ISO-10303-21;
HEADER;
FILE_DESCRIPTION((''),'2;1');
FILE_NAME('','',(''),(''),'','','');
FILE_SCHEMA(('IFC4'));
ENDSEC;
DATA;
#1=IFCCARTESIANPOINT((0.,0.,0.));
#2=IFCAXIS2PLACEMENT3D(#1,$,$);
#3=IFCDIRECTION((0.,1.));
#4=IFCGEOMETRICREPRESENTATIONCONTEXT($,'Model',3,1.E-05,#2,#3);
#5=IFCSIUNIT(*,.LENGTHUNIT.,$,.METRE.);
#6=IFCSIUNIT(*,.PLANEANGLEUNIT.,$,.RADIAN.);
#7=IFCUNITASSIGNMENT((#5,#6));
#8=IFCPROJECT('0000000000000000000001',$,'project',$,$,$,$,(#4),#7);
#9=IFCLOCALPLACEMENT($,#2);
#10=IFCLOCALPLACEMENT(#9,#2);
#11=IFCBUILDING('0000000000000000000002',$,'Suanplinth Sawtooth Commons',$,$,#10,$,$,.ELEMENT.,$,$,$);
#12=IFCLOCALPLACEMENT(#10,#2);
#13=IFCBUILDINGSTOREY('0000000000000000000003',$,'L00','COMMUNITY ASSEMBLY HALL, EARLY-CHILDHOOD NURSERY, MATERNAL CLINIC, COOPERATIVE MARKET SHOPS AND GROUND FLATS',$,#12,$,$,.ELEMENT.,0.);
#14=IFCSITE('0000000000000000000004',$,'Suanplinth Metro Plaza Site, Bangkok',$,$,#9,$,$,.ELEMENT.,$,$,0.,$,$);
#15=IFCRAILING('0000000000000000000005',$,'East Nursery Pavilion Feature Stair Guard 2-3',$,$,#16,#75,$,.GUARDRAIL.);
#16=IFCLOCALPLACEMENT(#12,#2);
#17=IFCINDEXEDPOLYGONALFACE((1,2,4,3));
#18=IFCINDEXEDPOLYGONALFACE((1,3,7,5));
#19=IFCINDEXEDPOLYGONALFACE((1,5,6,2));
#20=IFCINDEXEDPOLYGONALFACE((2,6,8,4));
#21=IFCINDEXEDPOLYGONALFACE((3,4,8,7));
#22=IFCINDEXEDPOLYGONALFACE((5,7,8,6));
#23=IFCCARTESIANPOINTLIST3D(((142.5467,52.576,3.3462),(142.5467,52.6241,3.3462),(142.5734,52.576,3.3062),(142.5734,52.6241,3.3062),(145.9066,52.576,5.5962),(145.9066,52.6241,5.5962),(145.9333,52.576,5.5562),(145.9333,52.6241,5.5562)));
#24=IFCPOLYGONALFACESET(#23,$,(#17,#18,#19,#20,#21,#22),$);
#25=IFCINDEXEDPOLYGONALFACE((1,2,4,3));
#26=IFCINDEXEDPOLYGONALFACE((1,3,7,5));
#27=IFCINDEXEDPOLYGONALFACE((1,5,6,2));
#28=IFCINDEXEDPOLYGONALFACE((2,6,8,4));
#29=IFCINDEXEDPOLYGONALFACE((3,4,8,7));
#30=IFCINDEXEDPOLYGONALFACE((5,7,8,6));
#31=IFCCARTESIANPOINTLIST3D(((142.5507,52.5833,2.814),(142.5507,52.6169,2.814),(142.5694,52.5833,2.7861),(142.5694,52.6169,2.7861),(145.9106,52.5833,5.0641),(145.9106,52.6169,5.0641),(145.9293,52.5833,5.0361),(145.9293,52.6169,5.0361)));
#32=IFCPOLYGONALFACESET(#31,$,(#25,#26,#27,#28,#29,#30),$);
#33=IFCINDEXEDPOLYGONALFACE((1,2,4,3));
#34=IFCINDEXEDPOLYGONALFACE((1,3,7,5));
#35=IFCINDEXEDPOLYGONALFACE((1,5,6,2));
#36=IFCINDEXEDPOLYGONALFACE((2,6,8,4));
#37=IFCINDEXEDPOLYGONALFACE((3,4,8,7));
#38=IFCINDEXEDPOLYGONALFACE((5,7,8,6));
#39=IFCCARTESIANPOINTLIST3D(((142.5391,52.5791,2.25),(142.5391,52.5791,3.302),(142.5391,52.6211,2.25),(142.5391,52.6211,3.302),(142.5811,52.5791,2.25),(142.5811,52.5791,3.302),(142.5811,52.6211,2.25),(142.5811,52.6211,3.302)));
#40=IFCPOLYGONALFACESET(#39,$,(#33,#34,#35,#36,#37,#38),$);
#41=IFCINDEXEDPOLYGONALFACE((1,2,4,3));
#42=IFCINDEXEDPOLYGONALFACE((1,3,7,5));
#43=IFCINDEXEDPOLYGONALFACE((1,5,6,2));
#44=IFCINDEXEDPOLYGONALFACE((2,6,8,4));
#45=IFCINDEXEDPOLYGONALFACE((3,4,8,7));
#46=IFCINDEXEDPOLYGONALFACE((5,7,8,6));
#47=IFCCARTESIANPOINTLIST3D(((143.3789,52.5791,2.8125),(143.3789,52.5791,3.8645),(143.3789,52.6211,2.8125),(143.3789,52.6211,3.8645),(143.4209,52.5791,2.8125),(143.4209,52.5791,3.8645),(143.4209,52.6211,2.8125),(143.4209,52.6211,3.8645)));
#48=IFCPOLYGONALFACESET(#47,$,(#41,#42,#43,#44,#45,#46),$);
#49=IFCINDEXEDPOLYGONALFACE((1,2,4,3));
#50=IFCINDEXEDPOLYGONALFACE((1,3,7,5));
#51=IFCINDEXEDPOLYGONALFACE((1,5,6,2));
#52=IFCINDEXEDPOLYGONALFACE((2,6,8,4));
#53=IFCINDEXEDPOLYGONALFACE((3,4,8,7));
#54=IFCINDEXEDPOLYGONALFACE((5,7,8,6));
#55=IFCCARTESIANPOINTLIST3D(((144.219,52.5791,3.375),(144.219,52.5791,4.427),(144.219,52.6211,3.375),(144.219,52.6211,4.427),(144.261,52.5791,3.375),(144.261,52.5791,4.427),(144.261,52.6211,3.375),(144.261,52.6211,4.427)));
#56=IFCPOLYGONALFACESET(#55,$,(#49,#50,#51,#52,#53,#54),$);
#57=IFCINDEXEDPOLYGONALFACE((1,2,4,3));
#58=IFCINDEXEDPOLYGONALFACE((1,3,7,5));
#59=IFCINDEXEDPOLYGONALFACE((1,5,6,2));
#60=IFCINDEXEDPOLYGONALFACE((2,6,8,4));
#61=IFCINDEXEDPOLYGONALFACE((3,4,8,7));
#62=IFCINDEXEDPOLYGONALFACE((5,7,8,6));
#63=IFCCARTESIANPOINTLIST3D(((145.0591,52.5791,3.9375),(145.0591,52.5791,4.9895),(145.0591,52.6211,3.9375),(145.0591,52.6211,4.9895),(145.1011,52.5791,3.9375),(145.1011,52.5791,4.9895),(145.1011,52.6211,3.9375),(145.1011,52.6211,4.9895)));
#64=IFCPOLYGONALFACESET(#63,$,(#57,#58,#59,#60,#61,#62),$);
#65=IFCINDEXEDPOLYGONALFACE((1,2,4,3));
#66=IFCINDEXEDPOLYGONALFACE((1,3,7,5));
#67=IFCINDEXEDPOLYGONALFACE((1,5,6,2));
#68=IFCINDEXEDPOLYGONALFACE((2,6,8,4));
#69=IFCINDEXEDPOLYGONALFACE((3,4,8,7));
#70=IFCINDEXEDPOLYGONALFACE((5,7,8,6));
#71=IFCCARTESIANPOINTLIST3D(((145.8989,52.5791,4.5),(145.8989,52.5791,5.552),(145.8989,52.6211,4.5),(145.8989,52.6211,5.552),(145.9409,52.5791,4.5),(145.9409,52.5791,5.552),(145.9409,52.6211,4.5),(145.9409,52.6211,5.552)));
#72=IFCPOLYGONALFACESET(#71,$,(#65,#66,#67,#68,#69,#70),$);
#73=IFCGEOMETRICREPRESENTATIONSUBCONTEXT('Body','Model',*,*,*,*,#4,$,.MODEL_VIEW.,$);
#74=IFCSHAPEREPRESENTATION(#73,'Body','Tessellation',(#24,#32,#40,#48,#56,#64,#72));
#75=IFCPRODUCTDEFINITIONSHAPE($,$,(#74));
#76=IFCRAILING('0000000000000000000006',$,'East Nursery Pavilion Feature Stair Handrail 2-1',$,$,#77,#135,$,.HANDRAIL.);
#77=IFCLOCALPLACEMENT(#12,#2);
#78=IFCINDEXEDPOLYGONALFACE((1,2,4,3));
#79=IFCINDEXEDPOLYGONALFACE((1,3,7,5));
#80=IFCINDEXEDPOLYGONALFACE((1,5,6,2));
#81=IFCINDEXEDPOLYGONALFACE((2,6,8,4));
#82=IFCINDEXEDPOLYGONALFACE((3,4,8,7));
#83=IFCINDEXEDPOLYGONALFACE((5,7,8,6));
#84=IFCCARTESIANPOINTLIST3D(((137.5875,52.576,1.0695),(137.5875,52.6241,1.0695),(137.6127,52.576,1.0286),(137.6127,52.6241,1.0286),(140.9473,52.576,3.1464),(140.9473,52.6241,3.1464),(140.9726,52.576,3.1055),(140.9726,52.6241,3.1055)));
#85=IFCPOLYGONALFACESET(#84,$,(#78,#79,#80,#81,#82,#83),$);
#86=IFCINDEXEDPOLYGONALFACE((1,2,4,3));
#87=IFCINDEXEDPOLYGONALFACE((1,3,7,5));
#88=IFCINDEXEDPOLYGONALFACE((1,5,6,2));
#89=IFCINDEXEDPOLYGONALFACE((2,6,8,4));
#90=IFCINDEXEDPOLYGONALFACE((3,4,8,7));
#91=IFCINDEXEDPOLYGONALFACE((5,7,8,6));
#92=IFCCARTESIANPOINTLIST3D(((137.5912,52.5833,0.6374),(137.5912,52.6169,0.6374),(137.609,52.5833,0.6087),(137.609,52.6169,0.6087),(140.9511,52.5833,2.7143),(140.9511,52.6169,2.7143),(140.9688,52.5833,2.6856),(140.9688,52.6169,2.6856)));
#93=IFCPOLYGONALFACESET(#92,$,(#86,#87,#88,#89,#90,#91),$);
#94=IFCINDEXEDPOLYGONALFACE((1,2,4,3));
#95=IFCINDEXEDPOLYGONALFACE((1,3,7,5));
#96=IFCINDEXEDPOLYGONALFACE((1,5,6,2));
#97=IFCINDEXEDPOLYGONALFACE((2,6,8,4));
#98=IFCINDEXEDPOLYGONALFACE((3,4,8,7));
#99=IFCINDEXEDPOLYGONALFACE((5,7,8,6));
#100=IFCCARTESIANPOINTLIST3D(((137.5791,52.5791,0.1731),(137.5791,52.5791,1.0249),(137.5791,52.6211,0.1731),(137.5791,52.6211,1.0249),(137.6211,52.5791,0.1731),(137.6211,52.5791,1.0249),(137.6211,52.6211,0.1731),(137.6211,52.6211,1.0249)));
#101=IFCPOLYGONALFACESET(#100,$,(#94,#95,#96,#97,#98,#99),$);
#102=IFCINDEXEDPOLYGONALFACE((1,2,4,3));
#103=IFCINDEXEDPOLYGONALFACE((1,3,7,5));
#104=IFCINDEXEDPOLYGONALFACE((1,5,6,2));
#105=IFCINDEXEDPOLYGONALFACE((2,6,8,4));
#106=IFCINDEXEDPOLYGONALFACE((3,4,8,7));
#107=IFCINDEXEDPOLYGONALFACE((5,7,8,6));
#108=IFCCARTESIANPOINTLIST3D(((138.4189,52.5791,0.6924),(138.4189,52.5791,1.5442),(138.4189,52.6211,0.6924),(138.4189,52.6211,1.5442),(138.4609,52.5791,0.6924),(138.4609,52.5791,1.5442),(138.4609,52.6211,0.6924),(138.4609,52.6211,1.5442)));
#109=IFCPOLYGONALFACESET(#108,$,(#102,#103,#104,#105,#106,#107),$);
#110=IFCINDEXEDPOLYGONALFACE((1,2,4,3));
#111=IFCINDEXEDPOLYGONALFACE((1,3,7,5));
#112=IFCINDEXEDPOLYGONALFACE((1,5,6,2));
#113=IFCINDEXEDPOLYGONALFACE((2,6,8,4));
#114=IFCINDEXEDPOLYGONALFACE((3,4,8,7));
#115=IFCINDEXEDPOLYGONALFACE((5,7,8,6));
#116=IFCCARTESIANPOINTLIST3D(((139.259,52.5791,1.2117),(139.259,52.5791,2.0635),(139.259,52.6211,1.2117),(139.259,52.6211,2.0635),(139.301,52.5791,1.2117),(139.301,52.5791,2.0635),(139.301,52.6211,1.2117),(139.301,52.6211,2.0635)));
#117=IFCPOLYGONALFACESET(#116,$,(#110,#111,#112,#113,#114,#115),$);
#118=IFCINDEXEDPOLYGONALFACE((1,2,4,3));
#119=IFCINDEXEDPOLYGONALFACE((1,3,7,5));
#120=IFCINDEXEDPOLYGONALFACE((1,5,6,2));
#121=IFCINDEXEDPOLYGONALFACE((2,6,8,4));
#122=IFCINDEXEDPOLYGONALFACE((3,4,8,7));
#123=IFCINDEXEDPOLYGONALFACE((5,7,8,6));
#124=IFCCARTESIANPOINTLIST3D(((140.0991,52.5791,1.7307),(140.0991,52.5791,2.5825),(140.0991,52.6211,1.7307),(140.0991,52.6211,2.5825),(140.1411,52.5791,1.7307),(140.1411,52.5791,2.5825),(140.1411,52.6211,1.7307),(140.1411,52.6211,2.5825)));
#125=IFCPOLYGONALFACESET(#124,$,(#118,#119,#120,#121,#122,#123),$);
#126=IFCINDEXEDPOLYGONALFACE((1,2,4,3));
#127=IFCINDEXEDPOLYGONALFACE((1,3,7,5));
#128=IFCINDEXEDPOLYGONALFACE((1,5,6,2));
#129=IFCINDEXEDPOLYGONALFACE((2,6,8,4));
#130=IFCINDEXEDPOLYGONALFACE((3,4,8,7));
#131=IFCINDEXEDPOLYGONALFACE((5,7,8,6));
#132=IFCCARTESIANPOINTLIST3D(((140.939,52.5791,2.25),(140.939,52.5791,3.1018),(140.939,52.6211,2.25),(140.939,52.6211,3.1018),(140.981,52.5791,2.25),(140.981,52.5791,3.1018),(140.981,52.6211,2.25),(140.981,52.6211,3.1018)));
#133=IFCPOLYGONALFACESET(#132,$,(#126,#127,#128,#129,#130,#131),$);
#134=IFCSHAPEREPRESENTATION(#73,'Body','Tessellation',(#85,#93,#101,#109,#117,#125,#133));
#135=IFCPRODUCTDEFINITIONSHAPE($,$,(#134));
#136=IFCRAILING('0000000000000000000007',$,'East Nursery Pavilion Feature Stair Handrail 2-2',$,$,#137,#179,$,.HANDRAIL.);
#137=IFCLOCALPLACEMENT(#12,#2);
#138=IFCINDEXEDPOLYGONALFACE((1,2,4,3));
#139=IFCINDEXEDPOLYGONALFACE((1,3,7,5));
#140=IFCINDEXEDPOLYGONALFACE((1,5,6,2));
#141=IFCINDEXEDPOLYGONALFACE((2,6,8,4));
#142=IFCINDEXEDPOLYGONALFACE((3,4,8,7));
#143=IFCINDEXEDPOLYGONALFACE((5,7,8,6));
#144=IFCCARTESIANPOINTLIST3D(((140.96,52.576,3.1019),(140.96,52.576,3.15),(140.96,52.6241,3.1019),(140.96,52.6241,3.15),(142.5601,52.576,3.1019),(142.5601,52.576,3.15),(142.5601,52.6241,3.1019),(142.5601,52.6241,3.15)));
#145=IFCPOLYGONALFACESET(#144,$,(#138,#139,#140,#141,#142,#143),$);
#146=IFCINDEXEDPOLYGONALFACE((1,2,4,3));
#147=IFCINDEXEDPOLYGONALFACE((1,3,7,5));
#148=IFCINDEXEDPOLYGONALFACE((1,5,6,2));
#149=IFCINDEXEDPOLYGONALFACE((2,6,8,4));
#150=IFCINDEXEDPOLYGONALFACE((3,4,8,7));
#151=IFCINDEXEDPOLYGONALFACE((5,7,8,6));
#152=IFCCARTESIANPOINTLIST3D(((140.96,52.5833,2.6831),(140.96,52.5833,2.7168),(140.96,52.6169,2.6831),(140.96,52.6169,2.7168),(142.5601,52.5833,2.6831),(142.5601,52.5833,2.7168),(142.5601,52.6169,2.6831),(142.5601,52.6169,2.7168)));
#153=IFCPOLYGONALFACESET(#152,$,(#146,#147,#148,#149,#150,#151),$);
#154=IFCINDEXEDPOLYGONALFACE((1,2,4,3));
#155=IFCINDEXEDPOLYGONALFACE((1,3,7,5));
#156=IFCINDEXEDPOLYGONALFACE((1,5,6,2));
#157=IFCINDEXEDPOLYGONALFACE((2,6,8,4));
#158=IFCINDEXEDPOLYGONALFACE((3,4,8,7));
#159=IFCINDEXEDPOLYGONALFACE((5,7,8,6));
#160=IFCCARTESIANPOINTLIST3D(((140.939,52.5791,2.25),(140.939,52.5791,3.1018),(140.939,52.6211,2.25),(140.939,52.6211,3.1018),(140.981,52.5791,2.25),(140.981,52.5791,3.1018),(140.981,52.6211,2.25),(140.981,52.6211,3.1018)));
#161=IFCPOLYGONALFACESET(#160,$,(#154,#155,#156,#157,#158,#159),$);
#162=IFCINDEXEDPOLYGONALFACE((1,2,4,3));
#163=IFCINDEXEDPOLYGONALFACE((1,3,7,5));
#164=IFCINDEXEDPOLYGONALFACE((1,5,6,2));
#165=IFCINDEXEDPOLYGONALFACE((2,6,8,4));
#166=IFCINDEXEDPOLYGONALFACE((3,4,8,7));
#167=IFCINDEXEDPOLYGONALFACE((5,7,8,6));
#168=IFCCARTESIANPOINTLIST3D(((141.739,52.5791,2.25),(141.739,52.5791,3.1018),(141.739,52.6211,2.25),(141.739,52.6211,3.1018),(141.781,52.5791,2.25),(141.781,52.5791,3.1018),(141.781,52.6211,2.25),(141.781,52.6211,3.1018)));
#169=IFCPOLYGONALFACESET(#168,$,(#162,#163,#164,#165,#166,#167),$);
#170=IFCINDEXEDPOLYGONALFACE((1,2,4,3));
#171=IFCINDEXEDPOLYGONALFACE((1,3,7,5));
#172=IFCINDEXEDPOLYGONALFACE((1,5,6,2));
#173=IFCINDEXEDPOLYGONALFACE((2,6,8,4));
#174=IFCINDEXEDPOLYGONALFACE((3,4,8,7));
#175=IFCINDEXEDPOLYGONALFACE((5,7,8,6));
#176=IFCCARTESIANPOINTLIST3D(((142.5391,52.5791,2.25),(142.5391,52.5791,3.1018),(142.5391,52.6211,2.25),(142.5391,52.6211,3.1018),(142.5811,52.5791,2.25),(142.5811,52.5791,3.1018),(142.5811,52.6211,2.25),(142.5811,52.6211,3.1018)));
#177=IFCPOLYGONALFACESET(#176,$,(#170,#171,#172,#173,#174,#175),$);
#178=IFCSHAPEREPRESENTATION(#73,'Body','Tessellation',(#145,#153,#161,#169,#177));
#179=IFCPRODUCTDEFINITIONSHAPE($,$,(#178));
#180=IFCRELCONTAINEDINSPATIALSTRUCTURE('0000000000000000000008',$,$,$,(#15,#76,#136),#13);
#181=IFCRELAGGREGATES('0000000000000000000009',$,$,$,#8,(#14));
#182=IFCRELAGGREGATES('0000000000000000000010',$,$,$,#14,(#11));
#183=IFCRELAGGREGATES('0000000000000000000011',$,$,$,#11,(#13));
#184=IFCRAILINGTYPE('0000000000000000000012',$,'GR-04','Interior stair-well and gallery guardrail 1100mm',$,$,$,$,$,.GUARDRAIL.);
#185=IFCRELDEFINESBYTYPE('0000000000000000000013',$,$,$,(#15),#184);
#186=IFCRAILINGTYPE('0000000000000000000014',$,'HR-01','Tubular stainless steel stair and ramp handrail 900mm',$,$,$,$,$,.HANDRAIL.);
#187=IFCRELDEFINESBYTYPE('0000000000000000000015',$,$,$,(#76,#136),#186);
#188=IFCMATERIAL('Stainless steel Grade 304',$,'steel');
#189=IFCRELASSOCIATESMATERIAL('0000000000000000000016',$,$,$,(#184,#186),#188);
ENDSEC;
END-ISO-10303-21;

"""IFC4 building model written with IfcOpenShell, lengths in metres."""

from ifc_helpers import new_model, si_unit, direction, frame, origin, origin_2d, place, context, subcontext, project, spatial, rectangle, extrude, material, type_object, element, save


model = new_model("IFC4")

# Units and contexts
model_context = context("Model", 3, precision=1e-05, world=origin(), true_north=direction((0.0, 1.0)))
body_context = subcontext(model_context, "Body", "Model", "MODEL_VIEW")
ifc_project = project(units=[si_unit("LENGTHUNIT", "METRE"), si_unit("PLANEANGLEUNIT", "RADIAN")], contexts=[model_context])

# Site, building, storey
site_placement = place(None, origin())
site = spatial("IfcSite", under=ifc_project, at=site_placement, Name="Suanplinth Metro Plaza Site, Bangkok", CompositionType="ELEMENT", RefElevation=0.0)
building_placement = place(site_placement, origin())
building = spatial("IfcBuilding", under=site, at=building_placement, Name="Suanplinth Sawtooth Commons", CompositionType="ELEMENT")
storey_placement = place(building_placement, origin())
storey = spatial("IfcBuildingStorey", under=building, at=storey_placement, Name="L00", Description="COMMUNITY ASSEMBLY HALL, EARLY-CHILDHOOD NURSERY, MATERNAL CLINIC, COOPERATIVE MARKET SHOPS AND GROUND FLATS", CompositionType="ELEMENT", Elevation=0.0)

# Railings
ifc_material_1 = material(Name="Stainless steel Grade 304", Category="steel")
railing_type_1 = type_object("IfcRailingType", Name="GR-04", Description="Interior stair-well and gallery guardrail 1100mm", PredefinedType="GUARDRAIL", material=ifc_material_1)
railing_1_placement = place(storey_placement, frame((142.5601, 52.6001, 2.25)))
element("IfcRailing", 1, at=railing_1_placement, inside=storey, type_object=railing_type_1, Name="East Nursery Pavilion Feature Stair Guard 2-3", PredefinedType="GUARDRAIL", context=body_context, shape_type="SweptSolid", body=[
    extrude(rectangle(XDim=0.0481, YDim=0.0481, at=origin_2d()), frame((0.0, 0.0, 1.0762), z_axis=(0.830897, 0.0, 0.556427), x_axis=(0.0, 1.0, 0.0)), (0.0, 0.0, 1.0), 4.0437),
    extrude(rectangle(XDim=0.0337, YDim=0.0337, at=origin_2d()), frame((0.0, 0.0, 0.55), z_axis=(0.830897, 0.0, 0.556427), x_axis=(0.0, 1.0, 0.0)), (0.0, 0.0, 1.0), 4.0437),
    extrude(rectangle(XDim=0.042, YDim=0.042, at=origin_2d()), origin(), (0.0, 0.0, 1.0), 1.052),
    extrude(rectangle(XDim=0.042, YDim=0.042, at=origin_2d()), frame((0.8398, 0.0, 0.5625)), (0.0, 0.0, 1.0), 1.052),
    extrude(rectangle(XDim=0.042, YDim=0.042, at=origin_2d()), frame((1.6799, 0.0, 1.125)), (0.0, 0.0, 1.0), 1.052),
    extrude(rectangle(XDim=0.042, YDim=0.042, at=origin_2d()), frame((2.52, 0.0, 1.6875)), (0.0, 0.0, 1.0), 1.052),
    extrude(rectangle(XDim=0.042, YDim=0.042, at=origin_2d()), frame((3.3599, 0.0, 2.25)), (0.0, 0.0, 1.0), 1.052),
])
railing_type_2 = type_object("IfcRailingType", Name="HR-01", Description="Tubular stainless steel stair and ramp handrail 900mm", PredefinedType="HANDRAIL", material=ifc_material_1)
railing_2_placement = place(storey_placement, frame((137.6001, 52.6001, 0.1731)))
element("IfcRailing", 2, at=railing_2_placement, inside=storey, type_object=railing_type_2, Name="East Nursery Pavilion Feature Stair Handrail 2-1", PredefinedType="HANDRAIL", context=body_context, shape_type="SweptSolid", body=[
    extrude(rectangle(XDim=0.0481, YDim=0.0481, at=origin_2d()), frame((0.0, 0.0, 0.876), z_axis=(0.850606, 0.0, 0.525803), x_axis=(0.0, 1.0, 0.0)), (0.0, 0.0, 1.0), 3.95),
    extrude(rectangle(XDim=0.0337, YDim=0.0337, at=origin_2d()), frame((0.0, 0.0, 0.45), z_axis=(0.850606, 0.0, 0.525803), x_axis=(0.0, 1.0, 0.0)), (0.0, 0.0, 1.0), 3.95),
    extrude(rectangle(XDim=0.042, YDim=0.042, at=origin_2d()), origin(), (0.0, 0.0, 1.0), 0.8518),
    extrude(rectangle(XDim=0.042, YDim=0.042, at=origin_2d()), frame((0.8398, 0.0, 0.5193)), (0.0, 0.0, 1.0), 0.8518),
    extrude(rectangle(XDim=0.042, YDim=0.042, at=origin_2d()), frame((1.6799, 0.0, 1.0386)), (0.0, 0.0, 1.0), 0.8518),
    extrude(rectangle(XDim=0.042, YDim=0.042, at=origin_2d()), frame((2.52, 0.0, 1.5576)), (0.0, 0.0, 1.0), 0.8518),
    extrude(rectangle(XDim=0.042, YDim=0.042, at=origin_2d()), frame((3.3599, 0.0, 2.0769)), (0.0, 0.0, 1.0), 0.8518),
])
railing_3_placement = place(storey_placement, frame((140.96, 52.6001, 2.25)))
element("IfcRailing", 3, at=railing_3_placement, inside=storey, type_object=railing_type_2, Name="East Nursery Pavilion Feature Stair Handrail 2-2", PredefinedType="HANDRAIL", context=body_context, shape_type="SweptSolid", body=[
    extrude(rectangle(XDim=0.0481, YDim=0.0481, at=origin_2d()), frame((0.0, 0.0, 0.876), z_axis=(1.0, 0.0, 0.0), x_axis=(0.0, 1.0, 0.0)), (0.0, 0.0, 1.0), 1.6001),
    extrude(rectangle(XDim=0.0337, YDim=0.0337, at=origin_2d()), frame((0.0, 0.0, 0.45), z_axis=(1.0, 0.0, 0.0), x_axis=(0.0, 1.0, 0.0)), (0.0, 0.0, 1.0), 1.6001),
    extrude(rectangle(XDim=0.042, YDim=0.042, at=origin_2d()), origin(), (0.0, 0.0, 1.0), 0.8518),
    extrude(rectangle(XDim=0.042, YDim=0.042, at=origin_2d()), frame((0.8, 0.0, 0.0)), (0.0, 0.0, 1.0), 0.8518),
    extrude(rectangle(XDim=0.042, YDim=0.042, at=origin_2d()), frame((1.6001, 0.0, 0.0)), (0.0, 0.0, 1.0), 0.8518),
])

save(model, "model.ifc")
